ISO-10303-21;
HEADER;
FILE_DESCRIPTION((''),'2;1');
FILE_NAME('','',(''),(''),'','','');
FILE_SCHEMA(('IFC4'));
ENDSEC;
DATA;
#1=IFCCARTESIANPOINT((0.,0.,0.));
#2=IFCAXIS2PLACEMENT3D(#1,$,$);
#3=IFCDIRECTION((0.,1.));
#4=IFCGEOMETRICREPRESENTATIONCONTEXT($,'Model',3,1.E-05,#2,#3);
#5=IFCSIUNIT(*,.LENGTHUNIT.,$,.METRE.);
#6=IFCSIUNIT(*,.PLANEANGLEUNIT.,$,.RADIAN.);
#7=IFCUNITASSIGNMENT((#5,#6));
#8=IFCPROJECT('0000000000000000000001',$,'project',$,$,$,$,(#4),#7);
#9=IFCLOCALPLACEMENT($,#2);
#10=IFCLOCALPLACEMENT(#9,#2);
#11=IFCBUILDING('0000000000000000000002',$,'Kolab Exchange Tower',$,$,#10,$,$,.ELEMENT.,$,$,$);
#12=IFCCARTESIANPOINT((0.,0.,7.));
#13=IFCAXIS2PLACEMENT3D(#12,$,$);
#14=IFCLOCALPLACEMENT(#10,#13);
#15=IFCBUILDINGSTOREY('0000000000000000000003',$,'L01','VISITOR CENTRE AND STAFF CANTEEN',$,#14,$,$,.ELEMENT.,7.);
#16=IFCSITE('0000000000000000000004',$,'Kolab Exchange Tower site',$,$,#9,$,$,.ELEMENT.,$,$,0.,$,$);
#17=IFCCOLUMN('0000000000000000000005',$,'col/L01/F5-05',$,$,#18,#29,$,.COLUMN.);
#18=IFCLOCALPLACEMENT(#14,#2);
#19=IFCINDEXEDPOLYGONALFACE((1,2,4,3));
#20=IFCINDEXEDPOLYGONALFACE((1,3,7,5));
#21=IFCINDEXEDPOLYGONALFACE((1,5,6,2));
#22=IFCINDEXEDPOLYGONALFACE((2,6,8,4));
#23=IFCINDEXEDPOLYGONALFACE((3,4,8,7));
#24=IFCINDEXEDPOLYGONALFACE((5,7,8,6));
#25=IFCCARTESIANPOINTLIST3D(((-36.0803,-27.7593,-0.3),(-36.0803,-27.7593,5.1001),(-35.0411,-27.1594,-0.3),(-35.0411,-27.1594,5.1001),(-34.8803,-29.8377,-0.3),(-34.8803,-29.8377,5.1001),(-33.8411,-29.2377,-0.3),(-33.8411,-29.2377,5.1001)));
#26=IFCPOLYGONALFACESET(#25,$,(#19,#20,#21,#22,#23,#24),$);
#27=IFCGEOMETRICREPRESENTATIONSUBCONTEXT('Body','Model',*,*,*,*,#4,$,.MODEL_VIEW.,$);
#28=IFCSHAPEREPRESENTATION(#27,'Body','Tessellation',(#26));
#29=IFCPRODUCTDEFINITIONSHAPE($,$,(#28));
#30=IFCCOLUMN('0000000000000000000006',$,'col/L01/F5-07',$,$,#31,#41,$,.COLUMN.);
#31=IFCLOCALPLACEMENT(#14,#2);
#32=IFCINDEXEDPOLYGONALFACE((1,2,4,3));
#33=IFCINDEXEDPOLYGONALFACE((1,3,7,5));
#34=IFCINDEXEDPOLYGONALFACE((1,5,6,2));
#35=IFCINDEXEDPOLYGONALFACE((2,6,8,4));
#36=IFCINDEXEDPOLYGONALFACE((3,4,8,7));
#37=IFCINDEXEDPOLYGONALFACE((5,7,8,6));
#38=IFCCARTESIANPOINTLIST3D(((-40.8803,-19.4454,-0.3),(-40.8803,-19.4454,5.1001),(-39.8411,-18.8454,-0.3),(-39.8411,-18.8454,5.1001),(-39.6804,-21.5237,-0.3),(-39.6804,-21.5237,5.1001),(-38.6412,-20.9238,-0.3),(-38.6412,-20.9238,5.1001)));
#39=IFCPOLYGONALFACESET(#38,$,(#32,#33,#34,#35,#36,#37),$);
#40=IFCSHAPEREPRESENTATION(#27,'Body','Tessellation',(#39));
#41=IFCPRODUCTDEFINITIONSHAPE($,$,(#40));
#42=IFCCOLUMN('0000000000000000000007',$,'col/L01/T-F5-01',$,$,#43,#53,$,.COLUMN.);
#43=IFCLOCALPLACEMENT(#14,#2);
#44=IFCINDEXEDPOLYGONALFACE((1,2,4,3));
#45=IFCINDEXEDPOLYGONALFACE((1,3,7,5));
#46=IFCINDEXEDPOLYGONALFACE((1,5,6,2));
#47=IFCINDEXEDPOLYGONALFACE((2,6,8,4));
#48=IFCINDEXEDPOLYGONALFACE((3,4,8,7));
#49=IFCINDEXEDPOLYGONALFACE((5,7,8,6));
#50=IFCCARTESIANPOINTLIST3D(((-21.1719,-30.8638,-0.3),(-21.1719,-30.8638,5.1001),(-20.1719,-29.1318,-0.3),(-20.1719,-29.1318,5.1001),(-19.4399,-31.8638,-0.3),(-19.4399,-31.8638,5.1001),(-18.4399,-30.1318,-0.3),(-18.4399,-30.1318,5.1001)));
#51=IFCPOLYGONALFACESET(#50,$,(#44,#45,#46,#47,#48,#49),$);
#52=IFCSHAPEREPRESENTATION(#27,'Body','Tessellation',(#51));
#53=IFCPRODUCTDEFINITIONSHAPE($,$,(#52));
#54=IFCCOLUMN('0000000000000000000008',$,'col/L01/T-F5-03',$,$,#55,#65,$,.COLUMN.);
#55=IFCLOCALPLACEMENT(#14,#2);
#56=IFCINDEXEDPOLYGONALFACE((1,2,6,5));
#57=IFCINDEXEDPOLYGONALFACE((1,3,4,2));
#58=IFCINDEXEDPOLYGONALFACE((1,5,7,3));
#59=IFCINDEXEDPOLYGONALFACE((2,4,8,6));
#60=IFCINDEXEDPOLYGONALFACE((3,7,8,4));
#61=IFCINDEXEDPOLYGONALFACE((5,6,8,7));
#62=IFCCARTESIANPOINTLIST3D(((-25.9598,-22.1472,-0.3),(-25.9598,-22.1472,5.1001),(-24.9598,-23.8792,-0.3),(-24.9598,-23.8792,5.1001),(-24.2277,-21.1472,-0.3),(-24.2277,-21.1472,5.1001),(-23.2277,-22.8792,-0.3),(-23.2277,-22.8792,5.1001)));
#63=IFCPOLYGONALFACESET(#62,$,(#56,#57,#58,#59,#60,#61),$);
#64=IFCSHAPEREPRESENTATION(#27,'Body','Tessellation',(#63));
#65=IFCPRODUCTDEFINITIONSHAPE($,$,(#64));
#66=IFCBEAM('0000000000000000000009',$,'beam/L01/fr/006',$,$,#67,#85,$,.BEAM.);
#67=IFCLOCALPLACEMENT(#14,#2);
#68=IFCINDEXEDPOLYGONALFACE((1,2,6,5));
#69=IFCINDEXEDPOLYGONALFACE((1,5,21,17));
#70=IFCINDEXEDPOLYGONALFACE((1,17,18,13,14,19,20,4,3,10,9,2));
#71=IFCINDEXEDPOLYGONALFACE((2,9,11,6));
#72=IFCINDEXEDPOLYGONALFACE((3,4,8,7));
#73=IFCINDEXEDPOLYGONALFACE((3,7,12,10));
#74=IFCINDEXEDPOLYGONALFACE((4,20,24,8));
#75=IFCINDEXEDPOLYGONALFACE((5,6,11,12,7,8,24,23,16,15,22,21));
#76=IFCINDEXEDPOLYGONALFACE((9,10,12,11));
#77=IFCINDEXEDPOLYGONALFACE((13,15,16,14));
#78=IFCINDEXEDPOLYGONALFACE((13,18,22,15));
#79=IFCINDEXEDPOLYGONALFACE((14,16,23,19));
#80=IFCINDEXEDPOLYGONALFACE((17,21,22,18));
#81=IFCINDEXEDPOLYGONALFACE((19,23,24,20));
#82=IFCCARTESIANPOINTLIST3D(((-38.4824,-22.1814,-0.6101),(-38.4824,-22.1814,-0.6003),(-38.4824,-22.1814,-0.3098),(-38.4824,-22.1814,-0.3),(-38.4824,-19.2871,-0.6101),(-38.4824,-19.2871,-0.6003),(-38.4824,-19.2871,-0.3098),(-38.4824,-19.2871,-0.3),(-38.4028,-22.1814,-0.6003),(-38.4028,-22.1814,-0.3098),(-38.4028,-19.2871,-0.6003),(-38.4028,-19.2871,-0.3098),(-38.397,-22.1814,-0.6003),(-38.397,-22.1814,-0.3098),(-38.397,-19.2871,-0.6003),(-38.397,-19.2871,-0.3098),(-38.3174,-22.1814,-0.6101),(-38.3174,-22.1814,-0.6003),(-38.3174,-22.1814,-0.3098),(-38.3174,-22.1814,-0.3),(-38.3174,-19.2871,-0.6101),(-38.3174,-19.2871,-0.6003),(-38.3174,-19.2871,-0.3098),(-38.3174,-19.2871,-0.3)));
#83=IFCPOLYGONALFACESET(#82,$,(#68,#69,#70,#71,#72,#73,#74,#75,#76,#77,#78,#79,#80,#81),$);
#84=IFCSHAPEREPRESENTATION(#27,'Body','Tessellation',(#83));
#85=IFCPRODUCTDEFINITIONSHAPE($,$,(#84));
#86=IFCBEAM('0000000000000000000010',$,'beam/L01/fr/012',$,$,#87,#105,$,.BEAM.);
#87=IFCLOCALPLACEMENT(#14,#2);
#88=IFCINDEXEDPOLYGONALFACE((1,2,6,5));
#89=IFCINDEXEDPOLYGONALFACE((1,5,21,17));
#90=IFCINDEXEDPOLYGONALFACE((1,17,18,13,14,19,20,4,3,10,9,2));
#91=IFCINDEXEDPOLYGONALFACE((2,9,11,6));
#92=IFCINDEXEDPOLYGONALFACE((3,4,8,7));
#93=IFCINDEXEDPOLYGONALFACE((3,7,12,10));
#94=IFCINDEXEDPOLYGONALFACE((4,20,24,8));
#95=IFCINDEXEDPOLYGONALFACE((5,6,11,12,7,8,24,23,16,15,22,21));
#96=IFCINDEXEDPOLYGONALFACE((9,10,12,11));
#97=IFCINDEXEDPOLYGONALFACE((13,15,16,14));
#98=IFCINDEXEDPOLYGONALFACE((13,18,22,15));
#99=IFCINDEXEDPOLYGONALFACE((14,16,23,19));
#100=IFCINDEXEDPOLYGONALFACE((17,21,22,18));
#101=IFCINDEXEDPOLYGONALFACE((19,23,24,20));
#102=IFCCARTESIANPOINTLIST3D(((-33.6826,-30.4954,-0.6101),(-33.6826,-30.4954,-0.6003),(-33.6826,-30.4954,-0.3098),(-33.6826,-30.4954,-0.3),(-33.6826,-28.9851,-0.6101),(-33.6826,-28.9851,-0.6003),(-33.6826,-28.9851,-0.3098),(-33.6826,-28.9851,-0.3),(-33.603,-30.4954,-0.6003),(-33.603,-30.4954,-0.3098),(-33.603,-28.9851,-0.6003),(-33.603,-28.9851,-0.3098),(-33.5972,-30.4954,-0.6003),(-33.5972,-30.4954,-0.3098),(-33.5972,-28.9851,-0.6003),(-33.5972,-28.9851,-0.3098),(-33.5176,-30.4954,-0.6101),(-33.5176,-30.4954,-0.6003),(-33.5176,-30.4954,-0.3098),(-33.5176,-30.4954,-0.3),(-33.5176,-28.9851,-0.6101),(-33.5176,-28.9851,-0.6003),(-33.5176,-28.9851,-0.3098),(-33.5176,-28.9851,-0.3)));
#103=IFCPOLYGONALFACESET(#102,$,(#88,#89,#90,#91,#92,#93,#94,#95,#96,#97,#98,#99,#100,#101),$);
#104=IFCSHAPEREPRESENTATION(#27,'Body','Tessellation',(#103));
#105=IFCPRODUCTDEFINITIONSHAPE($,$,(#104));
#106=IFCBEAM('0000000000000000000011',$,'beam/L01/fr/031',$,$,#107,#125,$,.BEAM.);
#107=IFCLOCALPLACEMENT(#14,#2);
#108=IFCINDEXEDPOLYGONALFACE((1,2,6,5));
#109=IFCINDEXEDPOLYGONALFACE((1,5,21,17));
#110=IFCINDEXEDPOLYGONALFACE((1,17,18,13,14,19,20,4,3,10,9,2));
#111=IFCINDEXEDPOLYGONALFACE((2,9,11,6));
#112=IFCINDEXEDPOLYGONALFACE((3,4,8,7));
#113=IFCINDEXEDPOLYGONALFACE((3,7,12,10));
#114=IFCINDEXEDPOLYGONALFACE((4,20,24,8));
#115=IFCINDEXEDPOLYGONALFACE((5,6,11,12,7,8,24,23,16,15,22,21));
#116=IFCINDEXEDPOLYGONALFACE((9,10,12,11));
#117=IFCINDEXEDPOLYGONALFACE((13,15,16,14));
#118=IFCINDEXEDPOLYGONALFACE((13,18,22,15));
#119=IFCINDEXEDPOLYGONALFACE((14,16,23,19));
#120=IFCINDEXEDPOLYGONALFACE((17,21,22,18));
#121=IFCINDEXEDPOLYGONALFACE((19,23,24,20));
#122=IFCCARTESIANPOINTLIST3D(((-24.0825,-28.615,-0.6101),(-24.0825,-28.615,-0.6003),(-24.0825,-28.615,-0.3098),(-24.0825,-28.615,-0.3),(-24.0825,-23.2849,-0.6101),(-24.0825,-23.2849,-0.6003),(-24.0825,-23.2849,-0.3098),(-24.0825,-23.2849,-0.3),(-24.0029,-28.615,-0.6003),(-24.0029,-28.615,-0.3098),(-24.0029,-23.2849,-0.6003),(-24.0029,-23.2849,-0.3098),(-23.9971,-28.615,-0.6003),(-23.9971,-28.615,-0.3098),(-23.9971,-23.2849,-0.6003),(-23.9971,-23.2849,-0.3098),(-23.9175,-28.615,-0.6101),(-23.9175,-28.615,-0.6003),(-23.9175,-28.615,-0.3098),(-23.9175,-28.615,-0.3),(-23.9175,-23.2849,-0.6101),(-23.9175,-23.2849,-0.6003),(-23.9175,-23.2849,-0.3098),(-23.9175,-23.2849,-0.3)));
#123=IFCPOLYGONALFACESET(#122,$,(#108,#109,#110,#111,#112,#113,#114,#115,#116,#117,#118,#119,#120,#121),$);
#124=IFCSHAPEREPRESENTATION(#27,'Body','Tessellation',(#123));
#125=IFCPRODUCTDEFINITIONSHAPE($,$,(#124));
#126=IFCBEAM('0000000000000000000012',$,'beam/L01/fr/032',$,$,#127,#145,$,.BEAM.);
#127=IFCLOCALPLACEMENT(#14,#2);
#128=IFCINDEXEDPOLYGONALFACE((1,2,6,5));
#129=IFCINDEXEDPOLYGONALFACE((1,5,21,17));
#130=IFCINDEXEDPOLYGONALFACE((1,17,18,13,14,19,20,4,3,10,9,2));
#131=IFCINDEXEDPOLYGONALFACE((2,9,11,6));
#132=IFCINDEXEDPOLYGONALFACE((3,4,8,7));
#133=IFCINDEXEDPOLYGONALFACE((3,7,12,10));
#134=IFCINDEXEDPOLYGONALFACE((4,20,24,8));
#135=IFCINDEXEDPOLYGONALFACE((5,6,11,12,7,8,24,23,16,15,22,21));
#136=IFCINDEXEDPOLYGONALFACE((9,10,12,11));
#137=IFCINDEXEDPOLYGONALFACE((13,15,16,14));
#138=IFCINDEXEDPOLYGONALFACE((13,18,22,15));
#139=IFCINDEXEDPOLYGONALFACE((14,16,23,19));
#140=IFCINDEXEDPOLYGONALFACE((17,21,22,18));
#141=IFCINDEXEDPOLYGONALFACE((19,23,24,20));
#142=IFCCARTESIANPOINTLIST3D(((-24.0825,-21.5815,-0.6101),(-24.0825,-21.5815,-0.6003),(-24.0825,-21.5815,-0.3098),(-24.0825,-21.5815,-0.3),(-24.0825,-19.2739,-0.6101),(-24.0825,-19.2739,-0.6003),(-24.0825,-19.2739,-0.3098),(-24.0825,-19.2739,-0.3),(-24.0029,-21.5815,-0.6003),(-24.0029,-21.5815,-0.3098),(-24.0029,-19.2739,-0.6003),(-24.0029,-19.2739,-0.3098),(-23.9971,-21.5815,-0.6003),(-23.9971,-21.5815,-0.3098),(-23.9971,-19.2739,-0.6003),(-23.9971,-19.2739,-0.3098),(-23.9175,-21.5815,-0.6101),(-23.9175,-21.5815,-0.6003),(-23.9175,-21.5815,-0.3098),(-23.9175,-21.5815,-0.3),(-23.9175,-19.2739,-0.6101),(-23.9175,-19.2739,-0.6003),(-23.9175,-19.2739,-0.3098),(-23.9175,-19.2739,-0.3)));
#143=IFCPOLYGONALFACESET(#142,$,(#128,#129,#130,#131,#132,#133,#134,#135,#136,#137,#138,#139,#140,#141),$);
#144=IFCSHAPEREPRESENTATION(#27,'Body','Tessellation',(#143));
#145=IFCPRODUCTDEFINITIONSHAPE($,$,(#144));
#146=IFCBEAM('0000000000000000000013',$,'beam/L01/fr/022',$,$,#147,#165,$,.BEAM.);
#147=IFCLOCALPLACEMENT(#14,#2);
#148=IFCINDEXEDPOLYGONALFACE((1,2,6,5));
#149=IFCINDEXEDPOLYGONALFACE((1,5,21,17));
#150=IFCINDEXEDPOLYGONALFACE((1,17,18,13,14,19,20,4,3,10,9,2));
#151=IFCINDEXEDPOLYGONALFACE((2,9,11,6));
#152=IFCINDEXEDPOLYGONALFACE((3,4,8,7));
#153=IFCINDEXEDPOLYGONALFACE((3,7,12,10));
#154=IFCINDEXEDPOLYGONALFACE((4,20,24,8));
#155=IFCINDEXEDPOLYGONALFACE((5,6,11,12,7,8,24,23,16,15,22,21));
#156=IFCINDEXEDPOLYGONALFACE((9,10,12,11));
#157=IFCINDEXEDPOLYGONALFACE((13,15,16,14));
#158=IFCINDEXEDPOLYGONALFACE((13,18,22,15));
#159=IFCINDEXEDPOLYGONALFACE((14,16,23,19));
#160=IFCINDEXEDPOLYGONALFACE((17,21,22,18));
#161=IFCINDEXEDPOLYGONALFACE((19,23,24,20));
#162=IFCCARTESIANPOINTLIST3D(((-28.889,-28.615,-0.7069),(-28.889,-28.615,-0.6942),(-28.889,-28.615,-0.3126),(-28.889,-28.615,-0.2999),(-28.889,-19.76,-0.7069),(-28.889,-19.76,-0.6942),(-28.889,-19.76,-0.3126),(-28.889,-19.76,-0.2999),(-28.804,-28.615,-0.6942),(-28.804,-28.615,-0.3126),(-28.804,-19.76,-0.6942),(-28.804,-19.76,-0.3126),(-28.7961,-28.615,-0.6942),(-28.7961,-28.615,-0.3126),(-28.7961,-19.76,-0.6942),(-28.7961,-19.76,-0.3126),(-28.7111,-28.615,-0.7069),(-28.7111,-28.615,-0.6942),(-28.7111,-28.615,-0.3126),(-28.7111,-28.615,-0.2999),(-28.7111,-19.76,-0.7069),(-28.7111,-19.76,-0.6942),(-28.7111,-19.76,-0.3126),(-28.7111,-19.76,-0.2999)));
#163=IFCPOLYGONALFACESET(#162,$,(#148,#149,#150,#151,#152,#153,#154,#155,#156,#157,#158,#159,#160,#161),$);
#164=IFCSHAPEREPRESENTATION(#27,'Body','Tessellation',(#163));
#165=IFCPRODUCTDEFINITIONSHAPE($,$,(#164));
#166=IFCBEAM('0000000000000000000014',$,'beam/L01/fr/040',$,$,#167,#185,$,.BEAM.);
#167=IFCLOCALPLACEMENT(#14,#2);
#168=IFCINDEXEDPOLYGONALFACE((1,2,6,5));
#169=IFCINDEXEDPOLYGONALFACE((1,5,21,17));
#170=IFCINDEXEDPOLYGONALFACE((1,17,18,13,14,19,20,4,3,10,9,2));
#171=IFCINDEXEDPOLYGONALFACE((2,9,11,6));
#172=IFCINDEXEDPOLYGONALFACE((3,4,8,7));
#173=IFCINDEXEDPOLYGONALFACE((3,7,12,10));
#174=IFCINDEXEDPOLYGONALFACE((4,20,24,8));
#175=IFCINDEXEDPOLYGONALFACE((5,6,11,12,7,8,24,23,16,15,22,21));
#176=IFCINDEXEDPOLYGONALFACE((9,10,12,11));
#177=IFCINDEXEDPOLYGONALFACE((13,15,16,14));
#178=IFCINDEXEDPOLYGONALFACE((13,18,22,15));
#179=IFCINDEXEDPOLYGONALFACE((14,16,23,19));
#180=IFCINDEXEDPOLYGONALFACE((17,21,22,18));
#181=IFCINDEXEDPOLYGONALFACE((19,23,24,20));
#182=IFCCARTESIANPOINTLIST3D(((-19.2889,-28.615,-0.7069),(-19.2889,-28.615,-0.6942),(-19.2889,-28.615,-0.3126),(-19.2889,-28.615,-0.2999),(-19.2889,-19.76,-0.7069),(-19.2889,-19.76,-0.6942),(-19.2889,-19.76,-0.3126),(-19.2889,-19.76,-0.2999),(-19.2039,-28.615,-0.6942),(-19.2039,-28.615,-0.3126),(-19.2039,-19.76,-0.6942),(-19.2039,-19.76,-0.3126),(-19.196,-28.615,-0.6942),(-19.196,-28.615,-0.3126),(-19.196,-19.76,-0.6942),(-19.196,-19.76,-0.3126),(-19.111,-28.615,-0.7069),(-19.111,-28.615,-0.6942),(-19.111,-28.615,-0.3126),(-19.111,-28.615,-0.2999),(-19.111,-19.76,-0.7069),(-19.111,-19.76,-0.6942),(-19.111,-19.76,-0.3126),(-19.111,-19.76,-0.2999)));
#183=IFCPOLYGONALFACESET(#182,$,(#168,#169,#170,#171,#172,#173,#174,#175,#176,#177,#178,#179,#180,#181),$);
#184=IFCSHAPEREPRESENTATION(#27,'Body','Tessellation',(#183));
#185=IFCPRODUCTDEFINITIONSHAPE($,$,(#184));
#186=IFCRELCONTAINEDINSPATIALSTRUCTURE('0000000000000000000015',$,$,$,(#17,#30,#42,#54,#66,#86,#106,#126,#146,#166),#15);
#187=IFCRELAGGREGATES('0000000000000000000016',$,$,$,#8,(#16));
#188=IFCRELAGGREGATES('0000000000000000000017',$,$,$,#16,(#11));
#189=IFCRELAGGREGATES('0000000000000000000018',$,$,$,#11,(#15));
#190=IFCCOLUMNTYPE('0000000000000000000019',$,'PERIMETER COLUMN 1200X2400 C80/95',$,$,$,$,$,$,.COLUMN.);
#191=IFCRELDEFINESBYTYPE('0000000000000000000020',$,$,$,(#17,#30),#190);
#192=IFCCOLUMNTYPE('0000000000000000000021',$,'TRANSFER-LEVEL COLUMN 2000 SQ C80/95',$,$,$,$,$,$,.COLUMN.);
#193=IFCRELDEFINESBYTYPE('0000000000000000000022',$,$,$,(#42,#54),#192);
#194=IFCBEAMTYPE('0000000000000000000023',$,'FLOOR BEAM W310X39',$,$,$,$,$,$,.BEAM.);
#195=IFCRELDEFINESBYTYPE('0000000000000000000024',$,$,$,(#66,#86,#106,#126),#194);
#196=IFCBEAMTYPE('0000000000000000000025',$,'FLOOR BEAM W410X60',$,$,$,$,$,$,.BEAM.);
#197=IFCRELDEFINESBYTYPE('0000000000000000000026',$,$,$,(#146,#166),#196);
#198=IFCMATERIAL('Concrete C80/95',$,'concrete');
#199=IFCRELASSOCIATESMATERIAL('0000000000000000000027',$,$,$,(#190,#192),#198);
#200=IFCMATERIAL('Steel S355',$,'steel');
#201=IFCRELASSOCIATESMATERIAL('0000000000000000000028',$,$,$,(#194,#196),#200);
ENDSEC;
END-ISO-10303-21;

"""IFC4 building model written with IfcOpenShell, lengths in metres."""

from ifc_helpers import new_model, si_unit, direction, frame, origin, origin_2d, place, context, subcontext, project, spatial, rectangle, i_section, extrude, material, material_profile, profile_set, type_object, element, save


model = new_model("IFC4")

# Units and contexts
model_context = context("Model", 3, precision=1e-05, world=origin(), true_north=direction((0.0, 1.0)))
body_context = subcontext(model_context, "Body", "Model", "MODEL_VIEW")
ifc_project = project(units=[si_unit("LENGTHUNIT", "METRE"), si_unit("PLANEANGLEUNIT", "RADIAN")], contexts=[model_context])

# Site, building, storey
site_placement = place(None, origin())
site = spatial("IfcSite", under=ifc_project, at=site_placement, Name="Kolab Exchange Tower site", CompositionType="ELEMENT", RefElevation=0.0)
building_placement = place(site_placement, origin())
building = spatial("IfcBuilding", under=site, at=building_placement, Name="Kolab Exchange Tower", CompositionType="ELEMENT")
storey_placement = place(building_placement, frame((0.0, 0.0, 7.0)))
storey = spatial("IfcBuildingStorey", under=building, at=storey_placement, Name="L01", Description="VISITOR CENTRE AND STAFF CANTEEN", CompositionType="ELEMENT", Elevation=7.0)

# Columns
ifc_material_1 = material(Name="Concrete C80/95", Category="concrete")
ifc_material_profile_1 = material_profile(ifc_material_1, rectangle(XDim=1.2, YDim=2.3999, at=origin_2d()), Name="RC1200X2400")
ifc_profile_set_1 = profile_set([ifc_material_profile_1], Name="Concrete C80/95")
column_type_1 = type_object("IfcColumnType", Name="PERIMETER COLUMN 1200X2400 C80/95", PredefinedType="COLUMN", material=ifc_profile_set_1)
for number, where, z_axis, x_axis, name in (
    (1, (-34.9607, -28.4985, -0.3), (0.0, 0.0, 1.0), (0.866025, 0.5, 0.0), "col/L01/F5-05"),
    (2, (-39.7607, -20.1846, -0.3), (0.0, 0.0, 1.0), (0.866025, 0.5, 0.0), "col/L01/F5-07"),
):
    element("IfcColumn", number, at=place(storey_placement, frame(where, z_axis=z_axis, x_axis=x_axis)), inside=storey, type_object=column_type_1, Name=name, PredefinedType="COLUMN", context=body_context, shape_type="SweptSolid", body=[
        extrude(rectangle(XDim=1.2, YDim=2.3999, at=origin_2d()), origin(), (0.0, 0.0, 1.0), 5.4001),
    ])
ifc_material_profile_2 = material_profile(ifc_material_1, rectangle(XDim=2.0, YDim=2.0, at=origin_2d()), Name="RC2000")
ifc_profile_set_2 = profile_set([ifc_material_profile_2], Name="Concrete C80/95")
column_type_2 = type_object("IfcColumnType", Name="TRANSFER-LEVEL COLUMN 2000 SQ C80/95", PredefinedType="COLUMN", material=ifc_profile_set_2)
for number, where, z_axis, x_axis, name in (
    (3, (-19.8059, -30.4978, -0.3), (0.0, 0.0, 1.0), (0.5, 0.866025, 0.0), "col/L01/T-F5-01"),
    (4, (-24.5938, -22.5132, -0.3), (0.0, 0.0, 1.0), (0.866025, 0.5, 0.0), "col/L01/T-F5-03"),
):
    element("IfcColumn", number, at=place(storey_placement, frame(where, z_axis=z_axis, x_axis=x_axis)), inside=storey, type_object=column_type_2, Name=name, PredefinedType="COLUMN", context=body_context, shape_type="SweptSolid", body=[
        extrude(rectangle(XDim=2.0, YDim=2.0, at=origin_2d()), origin(), (0.0, 0.0, 1.0), 5.4001),
    ])

# Beams
ifc_material_2 = material(Name="Steel S355", Category="steel")
ifc_material_profile_3 = material_profile(ifc_material_2, i_section(OverallWidth=0.165, OverallDepth=0.3101, WebThickness=0.0059, FlangeThickness=0.0098, at=origin_2d()), Name="W310X39")
ifc_profile_set_3 = profile_set([ifc_material_profile_3], Name="Steel S355")
beam_type_1 = type_object("IfcBeamType", Name="FLOOR BEAM W310X39", PredefinedType="BEAM", material=ifc_profile_set_3)
beam_1_placement = place(storey_placement, frame((-38.3999, -22.1814, -0.4551), z_axis=(0.0, 1.0, 0.0), x_axis=(-1.0, 0.0, 0.0)))
element("IfcBeam", 5, at=beam_1_placement, inside=storey, type_object=beam_type_1, Name="beam/L01/fr/006", PredefinedType="BEAM", context=body_context, shape_type="SweptSolid", body=[
    extrude(i_section(OverallWidth=0.165, OverallDepth=0.3101, WebThickness=0.0059, FlangeThickness=0.0098, at=origin_2d()), origin(), (0.0, 0.0, 1.0), 2.8943),
])
beam_2_placement = place(storey_placement, frame((-33.6001, -30.4954, -0.4551), z_axis=(0.0, 1.0, 0.0), x_axis=(-1.0, 0.0, 0.0)))
element("IfcBeam", 6, at=beam_2_placement, inside=storey, type_object=beam_type_1, Name="beam/L01/fr/012", PredefinedType="BEAM", context=body_context, shape_type="SweptSolid", body=[
    extrude(i_section(OverallWidth=0.165, OverallDepth=0.3101, WebThickness=0.0059, FlangeThickness=0.0098, at=origin_2d()), origin(), (0.0, 0.0, 1.0), 1.5103),
])
beam_3_placement = place(storey_placement, frame((-24.0, -28.615, -0.4551), z_axis=(0.0, 1.0, 0.0), x_axis=(-1.0, 0.0, 0.0)))
element("IfcBeam", 7, at=beam_3_placement, inside=storey, type_object=beam_type_1, Name="beam/L01/fr/031", PredefinedType="BEAM", context=body_context, shape_type="SweptSolid", body=[
    extrude(i_section(OverallWidth=0.165, OverallDepth=0.3101, WebThickness=0.0059, FlangeThickness=0.0098, at=origin_2d()), origin(), (0.0, 0.0, 1.0), 5.3301),
])
beam_4_placement = place(storey_placement, frame((-24.0, -21.5815, -0.4551), z_axis=(0.0, 1.0, 0.0), x_axis=(-1.0, 0.0, 0.0)))
element("IfcBeam", 8, at=beam_4_placement, inside=storey, type_object=beam_type_1, Name="beam/L01/fr/032", PredefinedType="BEAM", context=body_context, shape_type="SweptSolid", body=[
    extrude(i_section(OverallWidth=0.165, OverallDepth=0.3101, WebThickness=0.0059, FlangeThickness=0.0098, at=origin_2d()), origin(), (0.0, 0.0, 1.0), 2.3076),
])
ifc_material_profile_4 = material_profile(ifc_material_2, i_section(OverallWidth=0.178, OverallDepth=0.407, WebThickness=0.0078, FlangeThickness=0.0127, at=origin_2d()), Name="W410X60")
ifc_profile_set_4 = profile_set([ifc_material_profile_4], Name="Steel S355")
beam_type_2 = type_object("IfcBeamType", Name="FLOOR BEAM W410X60", PredefinedType="BEAM", material=ifc_profile_set_4)
for number, where, z_axis, x_axis, name in (
    (9, (-28.8, -28.615, -0.5034), (0.0, 1.0, 0.0), (-1.0, 0.0, 0.0), "beam/L01/fr/022"),
    (10, (-19.2, -28.615, -0.5034), (0.0, 1.0, 0.0), (-1.0, 0.0, 0.0), "beam/L01/fr/040"),
):
    element("IfcBeam", number, at=place(storey_placement, frame(where, z_axis=z_axis, x_axis=x_axis)), inside=storey, type_object=beam_type_2, Name=name, PredefinedType="BEAM", context=body_context, shape_type="SweptSolid", body=[
        extrude(i_section(OverallWidth=0.178, OverallDepth=0.407, WebThickness=0.0078, FlangeThickness=0.0127, at=origin_2d()), origin(), (0.0, 0.0, 1.0), 8.855),
    ])

save(model, "model.ifc")
